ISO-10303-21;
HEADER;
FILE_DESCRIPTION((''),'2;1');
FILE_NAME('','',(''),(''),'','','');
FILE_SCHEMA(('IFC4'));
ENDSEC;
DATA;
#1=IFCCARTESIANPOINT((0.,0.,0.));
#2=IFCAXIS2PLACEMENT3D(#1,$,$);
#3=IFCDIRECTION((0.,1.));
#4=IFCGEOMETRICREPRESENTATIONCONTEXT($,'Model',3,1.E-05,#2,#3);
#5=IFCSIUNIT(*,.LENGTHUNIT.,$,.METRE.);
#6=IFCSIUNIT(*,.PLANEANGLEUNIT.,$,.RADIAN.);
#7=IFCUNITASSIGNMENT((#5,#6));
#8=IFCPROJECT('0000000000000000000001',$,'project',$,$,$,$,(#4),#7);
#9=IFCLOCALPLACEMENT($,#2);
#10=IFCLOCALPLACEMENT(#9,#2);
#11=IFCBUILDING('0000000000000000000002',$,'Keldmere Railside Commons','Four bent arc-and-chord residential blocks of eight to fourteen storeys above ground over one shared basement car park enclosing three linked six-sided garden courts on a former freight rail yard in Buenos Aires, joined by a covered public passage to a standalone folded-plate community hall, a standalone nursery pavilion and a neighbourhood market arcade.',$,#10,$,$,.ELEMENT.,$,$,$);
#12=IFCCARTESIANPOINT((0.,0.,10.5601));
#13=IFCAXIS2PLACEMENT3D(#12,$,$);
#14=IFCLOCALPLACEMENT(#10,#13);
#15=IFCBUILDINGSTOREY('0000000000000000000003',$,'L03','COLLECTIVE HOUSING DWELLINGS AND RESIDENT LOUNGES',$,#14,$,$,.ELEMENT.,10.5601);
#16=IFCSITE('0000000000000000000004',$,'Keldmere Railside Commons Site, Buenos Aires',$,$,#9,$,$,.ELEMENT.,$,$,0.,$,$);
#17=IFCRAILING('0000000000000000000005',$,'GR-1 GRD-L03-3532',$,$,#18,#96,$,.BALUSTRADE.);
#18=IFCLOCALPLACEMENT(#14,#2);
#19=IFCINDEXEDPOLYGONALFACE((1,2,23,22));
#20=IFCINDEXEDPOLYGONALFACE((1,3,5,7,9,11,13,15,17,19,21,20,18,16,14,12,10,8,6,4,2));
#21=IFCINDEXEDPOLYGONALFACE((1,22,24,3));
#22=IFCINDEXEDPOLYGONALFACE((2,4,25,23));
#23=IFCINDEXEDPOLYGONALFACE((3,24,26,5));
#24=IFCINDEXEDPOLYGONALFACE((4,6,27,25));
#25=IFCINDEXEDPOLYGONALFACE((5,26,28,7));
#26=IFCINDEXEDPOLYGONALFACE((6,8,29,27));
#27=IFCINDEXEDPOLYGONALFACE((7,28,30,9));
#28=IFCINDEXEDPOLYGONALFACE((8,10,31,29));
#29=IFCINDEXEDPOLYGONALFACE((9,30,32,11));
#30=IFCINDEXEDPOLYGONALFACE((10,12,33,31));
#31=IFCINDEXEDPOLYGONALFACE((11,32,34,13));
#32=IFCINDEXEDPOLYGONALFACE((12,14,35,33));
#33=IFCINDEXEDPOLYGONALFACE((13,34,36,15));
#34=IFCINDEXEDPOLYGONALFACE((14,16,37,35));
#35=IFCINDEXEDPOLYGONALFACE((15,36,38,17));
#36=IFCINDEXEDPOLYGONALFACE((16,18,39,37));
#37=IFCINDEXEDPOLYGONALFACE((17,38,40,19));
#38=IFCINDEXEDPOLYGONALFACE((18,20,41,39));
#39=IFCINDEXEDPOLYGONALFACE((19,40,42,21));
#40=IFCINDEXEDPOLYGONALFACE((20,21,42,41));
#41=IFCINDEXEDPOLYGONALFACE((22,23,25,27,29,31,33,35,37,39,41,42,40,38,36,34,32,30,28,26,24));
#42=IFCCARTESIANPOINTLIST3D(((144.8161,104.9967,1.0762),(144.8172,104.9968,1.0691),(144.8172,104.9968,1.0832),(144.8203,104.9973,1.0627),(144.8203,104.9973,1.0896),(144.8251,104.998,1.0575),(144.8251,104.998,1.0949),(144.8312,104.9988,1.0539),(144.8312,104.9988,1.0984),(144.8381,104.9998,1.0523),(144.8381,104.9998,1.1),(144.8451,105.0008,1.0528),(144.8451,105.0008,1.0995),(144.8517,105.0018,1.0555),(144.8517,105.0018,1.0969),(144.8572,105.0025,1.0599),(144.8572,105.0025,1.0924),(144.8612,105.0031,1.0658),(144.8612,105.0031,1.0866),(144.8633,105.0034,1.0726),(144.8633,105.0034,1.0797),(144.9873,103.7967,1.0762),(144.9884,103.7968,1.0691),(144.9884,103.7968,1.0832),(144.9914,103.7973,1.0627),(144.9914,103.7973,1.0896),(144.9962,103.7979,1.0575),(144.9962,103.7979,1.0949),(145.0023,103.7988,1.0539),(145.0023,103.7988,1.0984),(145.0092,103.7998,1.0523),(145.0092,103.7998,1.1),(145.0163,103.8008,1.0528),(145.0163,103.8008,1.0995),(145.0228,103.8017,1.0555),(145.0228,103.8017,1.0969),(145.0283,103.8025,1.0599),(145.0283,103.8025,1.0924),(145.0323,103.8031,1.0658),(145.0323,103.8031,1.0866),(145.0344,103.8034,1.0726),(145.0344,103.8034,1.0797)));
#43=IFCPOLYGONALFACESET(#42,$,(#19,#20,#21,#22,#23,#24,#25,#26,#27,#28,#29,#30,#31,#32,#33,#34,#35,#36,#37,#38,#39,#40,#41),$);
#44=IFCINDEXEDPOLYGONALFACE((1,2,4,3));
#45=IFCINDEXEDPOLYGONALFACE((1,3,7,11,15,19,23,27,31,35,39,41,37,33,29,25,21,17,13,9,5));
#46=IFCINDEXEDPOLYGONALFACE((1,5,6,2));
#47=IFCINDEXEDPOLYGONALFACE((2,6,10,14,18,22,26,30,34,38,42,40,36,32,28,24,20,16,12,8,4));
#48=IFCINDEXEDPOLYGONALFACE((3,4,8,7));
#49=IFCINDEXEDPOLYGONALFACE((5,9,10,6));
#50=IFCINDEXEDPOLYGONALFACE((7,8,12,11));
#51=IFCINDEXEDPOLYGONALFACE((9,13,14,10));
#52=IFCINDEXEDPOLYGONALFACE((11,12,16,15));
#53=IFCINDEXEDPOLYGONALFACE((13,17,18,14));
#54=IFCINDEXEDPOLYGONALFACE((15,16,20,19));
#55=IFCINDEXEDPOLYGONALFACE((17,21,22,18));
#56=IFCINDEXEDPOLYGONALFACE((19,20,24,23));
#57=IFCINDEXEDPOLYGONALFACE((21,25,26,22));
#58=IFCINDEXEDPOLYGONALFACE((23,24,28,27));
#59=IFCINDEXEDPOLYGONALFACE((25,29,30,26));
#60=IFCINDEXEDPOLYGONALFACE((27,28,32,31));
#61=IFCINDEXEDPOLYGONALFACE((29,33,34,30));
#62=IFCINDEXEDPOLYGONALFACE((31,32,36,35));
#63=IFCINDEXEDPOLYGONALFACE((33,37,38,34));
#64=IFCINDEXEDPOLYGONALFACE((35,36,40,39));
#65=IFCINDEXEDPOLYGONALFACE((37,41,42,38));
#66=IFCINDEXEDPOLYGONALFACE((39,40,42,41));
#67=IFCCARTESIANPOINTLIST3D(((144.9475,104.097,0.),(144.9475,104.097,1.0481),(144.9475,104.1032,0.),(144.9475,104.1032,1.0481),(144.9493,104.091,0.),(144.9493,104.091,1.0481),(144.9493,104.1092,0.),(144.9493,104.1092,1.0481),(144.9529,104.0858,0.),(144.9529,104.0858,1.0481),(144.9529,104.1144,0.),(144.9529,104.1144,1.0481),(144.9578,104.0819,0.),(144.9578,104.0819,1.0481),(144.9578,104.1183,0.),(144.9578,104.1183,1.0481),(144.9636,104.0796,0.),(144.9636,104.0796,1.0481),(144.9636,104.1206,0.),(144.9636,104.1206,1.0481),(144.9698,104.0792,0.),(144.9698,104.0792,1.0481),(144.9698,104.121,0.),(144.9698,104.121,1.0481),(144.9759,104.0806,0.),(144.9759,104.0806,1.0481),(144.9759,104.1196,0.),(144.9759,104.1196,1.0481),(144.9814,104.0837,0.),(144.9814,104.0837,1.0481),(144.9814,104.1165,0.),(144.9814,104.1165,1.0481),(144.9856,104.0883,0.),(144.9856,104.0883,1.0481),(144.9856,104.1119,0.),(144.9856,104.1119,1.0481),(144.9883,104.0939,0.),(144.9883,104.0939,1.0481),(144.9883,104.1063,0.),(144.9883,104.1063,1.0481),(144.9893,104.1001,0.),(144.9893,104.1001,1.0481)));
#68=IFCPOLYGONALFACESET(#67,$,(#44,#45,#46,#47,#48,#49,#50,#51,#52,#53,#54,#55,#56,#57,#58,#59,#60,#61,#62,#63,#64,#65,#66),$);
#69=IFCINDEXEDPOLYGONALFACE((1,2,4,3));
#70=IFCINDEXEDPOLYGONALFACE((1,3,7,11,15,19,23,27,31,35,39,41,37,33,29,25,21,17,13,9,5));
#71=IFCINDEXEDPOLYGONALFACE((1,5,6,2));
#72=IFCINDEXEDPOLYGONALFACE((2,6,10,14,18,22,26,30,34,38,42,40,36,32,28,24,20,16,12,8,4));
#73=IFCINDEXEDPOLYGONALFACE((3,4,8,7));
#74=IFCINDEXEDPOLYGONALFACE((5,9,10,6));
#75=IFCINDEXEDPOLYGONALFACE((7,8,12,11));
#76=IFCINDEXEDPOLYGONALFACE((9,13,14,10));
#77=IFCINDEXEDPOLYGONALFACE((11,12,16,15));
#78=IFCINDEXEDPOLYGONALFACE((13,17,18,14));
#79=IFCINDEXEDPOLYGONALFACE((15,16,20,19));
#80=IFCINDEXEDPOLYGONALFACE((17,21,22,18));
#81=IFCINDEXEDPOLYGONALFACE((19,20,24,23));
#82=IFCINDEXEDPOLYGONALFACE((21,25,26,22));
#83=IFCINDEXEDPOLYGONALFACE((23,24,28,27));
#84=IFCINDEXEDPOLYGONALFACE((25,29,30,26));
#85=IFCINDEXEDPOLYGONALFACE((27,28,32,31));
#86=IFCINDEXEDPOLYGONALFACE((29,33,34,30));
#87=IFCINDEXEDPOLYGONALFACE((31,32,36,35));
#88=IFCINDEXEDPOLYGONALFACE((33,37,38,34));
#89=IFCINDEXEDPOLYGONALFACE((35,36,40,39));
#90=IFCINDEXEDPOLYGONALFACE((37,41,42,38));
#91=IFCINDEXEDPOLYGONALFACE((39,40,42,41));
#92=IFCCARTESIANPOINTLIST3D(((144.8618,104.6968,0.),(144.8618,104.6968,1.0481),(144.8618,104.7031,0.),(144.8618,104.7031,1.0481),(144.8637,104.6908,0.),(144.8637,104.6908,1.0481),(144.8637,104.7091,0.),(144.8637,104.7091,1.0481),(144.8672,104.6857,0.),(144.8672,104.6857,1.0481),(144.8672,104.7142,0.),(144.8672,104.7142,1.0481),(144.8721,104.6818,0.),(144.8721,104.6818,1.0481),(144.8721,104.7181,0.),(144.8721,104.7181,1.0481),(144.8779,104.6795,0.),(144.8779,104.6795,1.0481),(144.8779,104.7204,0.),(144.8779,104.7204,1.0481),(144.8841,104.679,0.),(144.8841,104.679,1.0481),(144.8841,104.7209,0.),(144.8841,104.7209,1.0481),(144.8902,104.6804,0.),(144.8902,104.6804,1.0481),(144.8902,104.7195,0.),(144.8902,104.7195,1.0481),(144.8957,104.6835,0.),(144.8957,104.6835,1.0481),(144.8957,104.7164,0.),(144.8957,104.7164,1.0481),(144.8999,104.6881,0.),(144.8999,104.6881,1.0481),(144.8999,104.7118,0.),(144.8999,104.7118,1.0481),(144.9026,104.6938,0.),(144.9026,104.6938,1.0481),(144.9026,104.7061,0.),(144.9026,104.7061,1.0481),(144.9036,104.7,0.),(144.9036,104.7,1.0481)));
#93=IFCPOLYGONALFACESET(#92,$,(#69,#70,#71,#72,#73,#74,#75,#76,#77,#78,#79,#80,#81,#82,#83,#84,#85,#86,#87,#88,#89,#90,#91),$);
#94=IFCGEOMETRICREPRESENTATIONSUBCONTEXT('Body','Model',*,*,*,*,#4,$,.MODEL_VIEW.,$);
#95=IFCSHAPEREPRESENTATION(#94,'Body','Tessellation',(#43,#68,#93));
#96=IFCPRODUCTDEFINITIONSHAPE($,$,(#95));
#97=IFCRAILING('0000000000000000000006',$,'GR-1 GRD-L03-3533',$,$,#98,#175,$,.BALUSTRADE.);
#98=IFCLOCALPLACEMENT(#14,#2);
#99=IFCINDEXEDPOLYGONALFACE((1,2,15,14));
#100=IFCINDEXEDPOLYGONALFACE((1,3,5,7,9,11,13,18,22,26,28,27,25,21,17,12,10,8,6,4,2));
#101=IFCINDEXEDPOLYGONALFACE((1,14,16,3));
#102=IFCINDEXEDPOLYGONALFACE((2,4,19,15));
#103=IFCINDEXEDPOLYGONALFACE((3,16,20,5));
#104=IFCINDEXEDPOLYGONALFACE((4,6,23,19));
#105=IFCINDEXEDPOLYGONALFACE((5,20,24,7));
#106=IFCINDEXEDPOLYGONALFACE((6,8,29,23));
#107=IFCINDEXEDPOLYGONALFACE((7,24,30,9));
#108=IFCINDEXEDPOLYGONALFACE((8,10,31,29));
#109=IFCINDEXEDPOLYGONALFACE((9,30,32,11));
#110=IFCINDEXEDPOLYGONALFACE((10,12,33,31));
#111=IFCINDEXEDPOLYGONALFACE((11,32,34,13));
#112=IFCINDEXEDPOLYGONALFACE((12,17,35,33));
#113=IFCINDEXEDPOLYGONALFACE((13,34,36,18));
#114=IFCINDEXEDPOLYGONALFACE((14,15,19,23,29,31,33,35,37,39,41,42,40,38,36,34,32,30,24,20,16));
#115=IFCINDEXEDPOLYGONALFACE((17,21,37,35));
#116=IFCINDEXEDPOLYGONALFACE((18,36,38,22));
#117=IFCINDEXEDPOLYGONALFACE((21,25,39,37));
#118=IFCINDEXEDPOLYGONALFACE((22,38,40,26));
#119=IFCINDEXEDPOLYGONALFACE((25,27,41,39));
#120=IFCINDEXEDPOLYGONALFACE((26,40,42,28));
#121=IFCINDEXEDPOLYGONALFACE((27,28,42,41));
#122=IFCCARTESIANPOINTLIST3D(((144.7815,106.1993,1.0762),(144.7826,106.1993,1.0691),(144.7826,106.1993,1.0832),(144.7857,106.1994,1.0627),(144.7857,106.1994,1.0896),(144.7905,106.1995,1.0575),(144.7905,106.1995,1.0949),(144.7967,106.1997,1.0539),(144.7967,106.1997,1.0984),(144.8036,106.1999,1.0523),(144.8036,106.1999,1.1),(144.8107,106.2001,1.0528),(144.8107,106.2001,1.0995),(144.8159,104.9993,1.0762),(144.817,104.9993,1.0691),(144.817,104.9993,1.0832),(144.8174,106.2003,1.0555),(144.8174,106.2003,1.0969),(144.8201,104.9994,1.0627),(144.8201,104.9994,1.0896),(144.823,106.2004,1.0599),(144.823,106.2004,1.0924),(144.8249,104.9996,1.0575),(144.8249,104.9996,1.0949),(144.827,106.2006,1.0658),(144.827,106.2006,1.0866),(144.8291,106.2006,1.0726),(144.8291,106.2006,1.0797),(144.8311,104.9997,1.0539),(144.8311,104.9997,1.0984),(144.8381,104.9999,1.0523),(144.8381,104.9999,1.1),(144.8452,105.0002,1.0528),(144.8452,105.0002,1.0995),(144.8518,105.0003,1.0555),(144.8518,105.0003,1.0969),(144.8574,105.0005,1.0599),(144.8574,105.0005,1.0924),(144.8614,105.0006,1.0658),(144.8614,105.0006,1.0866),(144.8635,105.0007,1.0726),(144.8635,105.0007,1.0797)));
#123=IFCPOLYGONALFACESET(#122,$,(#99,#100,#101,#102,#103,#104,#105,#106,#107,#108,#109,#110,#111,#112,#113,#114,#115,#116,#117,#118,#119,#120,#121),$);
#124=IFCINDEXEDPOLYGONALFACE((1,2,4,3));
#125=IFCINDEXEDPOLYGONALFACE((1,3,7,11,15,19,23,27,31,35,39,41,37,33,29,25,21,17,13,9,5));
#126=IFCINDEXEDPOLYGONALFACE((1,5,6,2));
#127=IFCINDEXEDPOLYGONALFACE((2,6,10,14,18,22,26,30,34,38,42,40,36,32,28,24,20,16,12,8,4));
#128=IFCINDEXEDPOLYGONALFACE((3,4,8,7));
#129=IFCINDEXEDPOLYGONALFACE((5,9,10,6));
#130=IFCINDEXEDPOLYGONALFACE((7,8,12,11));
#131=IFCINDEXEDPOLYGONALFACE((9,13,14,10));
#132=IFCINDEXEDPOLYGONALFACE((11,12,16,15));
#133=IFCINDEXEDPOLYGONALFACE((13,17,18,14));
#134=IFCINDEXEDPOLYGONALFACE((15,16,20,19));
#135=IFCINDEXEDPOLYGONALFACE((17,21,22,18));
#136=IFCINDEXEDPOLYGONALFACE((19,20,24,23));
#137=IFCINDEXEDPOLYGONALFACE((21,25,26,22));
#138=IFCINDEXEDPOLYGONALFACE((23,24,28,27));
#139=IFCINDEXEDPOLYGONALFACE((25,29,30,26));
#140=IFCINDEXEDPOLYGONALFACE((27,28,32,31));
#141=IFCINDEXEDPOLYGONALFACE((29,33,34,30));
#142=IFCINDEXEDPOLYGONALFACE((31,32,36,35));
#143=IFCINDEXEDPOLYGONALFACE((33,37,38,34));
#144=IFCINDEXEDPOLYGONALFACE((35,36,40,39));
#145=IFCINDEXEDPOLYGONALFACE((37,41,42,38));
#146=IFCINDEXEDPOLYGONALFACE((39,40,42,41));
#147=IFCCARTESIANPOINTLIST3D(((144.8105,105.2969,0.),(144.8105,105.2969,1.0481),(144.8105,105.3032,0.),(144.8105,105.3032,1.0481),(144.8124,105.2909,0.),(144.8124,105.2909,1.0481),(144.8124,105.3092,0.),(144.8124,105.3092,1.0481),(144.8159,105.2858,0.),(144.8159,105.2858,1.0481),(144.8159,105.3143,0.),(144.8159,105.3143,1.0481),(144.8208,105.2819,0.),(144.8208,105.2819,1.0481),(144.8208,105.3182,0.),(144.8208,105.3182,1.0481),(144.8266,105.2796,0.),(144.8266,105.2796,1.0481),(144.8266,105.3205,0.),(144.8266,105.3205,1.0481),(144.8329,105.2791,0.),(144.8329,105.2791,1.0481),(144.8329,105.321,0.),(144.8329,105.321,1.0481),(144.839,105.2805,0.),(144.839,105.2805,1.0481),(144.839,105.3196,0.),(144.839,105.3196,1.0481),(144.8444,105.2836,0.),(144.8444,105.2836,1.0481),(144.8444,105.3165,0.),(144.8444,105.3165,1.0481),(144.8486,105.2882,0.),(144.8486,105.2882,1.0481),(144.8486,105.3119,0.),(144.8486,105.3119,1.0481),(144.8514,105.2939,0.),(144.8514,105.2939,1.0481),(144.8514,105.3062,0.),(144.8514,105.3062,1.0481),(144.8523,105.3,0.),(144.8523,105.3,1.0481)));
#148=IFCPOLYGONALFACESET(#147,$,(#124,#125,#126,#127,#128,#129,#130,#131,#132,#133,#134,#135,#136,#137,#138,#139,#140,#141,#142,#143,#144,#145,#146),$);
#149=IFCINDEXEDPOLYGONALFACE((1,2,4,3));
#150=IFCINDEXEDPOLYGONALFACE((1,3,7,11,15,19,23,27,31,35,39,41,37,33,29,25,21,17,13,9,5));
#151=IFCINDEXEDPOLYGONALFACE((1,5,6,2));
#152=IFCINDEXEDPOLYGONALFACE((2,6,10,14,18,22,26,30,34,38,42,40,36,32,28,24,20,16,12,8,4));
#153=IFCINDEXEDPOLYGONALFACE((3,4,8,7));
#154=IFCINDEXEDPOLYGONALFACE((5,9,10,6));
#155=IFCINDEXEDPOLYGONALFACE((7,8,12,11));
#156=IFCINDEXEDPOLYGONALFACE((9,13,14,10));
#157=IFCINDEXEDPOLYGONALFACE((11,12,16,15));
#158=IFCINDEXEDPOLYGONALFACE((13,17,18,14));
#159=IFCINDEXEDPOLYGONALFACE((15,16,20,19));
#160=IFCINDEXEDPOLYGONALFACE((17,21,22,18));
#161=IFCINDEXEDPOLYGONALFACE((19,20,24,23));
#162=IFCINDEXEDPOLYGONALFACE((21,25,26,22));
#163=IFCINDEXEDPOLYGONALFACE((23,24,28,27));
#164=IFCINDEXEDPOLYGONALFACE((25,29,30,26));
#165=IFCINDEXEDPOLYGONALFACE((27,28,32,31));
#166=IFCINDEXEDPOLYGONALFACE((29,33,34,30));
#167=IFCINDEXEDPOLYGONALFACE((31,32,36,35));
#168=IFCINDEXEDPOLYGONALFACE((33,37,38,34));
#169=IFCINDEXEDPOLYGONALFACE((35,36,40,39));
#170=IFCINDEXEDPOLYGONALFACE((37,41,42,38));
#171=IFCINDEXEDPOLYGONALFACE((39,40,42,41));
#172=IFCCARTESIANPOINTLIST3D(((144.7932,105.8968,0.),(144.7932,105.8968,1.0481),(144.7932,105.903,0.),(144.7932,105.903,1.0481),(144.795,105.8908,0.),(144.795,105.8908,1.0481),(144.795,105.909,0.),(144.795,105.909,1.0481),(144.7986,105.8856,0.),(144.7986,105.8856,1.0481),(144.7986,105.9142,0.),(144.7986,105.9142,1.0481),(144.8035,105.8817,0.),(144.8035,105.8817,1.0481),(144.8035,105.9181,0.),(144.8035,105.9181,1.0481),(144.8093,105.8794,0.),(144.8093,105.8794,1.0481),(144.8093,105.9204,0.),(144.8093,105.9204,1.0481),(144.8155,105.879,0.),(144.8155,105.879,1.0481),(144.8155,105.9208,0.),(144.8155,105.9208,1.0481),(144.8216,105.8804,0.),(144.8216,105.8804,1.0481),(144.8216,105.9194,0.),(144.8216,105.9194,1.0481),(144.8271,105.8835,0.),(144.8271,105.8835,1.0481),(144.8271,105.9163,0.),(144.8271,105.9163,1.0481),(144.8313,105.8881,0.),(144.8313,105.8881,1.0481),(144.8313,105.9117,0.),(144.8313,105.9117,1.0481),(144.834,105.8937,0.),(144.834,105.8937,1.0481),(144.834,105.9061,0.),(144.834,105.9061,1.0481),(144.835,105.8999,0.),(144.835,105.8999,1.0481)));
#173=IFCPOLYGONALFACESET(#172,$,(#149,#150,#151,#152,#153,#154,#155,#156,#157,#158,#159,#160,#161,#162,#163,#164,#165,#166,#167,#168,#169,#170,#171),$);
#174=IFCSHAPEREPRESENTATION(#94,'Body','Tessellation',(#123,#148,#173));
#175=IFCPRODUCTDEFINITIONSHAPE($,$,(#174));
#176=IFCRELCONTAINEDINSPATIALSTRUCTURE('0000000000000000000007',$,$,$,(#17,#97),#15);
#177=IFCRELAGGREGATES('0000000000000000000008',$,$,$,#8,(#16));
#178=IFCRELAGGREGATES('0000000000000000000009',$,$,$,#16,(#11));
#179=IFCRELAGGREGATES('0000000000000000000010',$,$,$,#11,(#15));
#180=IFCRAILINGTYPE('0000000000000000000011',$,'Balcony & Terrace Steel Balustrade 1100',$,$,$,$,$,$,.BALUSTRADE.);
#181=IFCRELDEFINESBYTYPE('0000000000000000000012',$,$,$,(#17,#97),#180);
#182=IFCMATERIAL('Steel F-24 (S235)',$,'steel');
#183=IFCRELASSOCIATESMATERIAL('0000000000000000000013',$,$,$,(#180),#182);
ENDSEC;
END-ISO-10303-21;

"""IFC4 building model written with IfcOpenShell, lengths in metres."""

from ifc_helpers import new_model, si_unit, direction, frame, origin, origin_2d, place, context, subcontext, project, spatial, circle, extrude, material, type_object, element, save


model = new_model("IFC4")

# Units and contexts
model_context = context("Model", 3, precision=1e-05, world=origin(), true_north=direction((0.0, 1.0)))
body_context = subcontext(model_context, "Body", "Model", "MODEL_VIEW")
ifc_project = project(units=[si_unit("LENGTHUNIT", "METRE"), si_unit("PLANEANGLEUNIT", "RADIAN")], contexts=[model_context])

# Site, building, storey
site_placement = place(None, origin())
site = spatial("IfcSite", under=ifc_project, at=site_placement, Name="Keldmere Railside Commons Site, Buenos Aires", CompositionType="ELEMENT", RefElevation=0.0)
building_placement = place(site_placement, origin())
building = spatial("IfcBuilding", under=site, at=building_placement, Name="Keldmere Railside Commons", Description="Four bent arc-and-chord residential blocks of eight to fourteen storeys above ground over one shared basement car park enclosing three linked six-sided garden courts on a former freight rail yard in Buenos Aires, joined by a covered public passage to a standalone folded-plate community hall, a standalone nursery pavilion and a neighbourhood market arcade.", CompositionType="ELEMENT")
storey_placement = place(building_placement, frame((0.0, 0.0, 10.5601)))
storey = spatial("IfcBuildingStorey", under=building, at=storey_placement, Name="L03", Description="COLLECTIVE HOUSING DWELLINGS AND RESIDENT LOUNGES", CompositionType="ELEMENT", Elevation=10.5601)

# Shared definitions
ifc_material_1 = material(Name="Steel F-24 (S235)", Category="steel")

# Railings
railing_type_1 = type_object("IfcRailingType", Name="Balcony & Terrace Steel Balustrade 1100", PredefinedType="BALUSTRADE", material=ifc_material_1)
railing_1_placement = place(storey_placement, frame((145.011, 103.8, 0.0)))
element("IfcRailing", 1, at=railing_1_placement, inside=storey, type_object=railing_type_1, Name="GR-1 GRD-L03-3532", PredefinedType="BALUSTRADE", context=body_context, shape_type="SweptSolid", body=[
    extrude(circle(Radius=0.0239, at=origin_2d()), frame((0.0, 0.0, 1.0762), z_axis=(-0.141196, 0.989982, 0.0), x_axis=(-0.989982, -0.141196, 0.0)), (0.0, 0.0, 1.0), 1.2122),
    extrude(circle(Radius=0.021, at=origin_2d()), frame((-0.0427, 0.3, 0.0)), (0.0, 0.0, 1.0), 1.0481),
    extrude(circle(Radius=0.021, at=origin_2d()), frame((-0.1284, 0.8999, 0.0)), (0.0, 0.0, 1.0), 1.0481),
])
railing_2_placement = place(storey_placement, frame((144.8398, 105.0, 0.0)))
element("IfcRailing", 2, at=railing_2_placement, inside=storey, type_object=railing_type_1, Name="GR-1 GRD-L03-3533", PredefinedType="BALUSTRADE", context=body_context, shape_type="SweptSolid", body=[
    extrude(circle(Radius=0.0239, at=origin_2d()), frame((0.0, 0.0, 1.0762), z_axis=(-0.028676, 0.999589, 0.0), x_axis=(-0.999589, -0.028676, 0.0)), (0.0, 0.0, 1.0), 1.2004),
    extrude(circle(Radius=0.021, at=origin_2d()), frame((-0.0085, 0.3, 0.0)), (0.0, 0.0, 1.0), 1.0481),
    extrude(circle(Radius=0.021, at=origin_2d()), frame((-0.0259, 0.8999, 0.0)), (0.0, 0.0, 1.0), 1.0481),
])

save(model, "model.ifc")
